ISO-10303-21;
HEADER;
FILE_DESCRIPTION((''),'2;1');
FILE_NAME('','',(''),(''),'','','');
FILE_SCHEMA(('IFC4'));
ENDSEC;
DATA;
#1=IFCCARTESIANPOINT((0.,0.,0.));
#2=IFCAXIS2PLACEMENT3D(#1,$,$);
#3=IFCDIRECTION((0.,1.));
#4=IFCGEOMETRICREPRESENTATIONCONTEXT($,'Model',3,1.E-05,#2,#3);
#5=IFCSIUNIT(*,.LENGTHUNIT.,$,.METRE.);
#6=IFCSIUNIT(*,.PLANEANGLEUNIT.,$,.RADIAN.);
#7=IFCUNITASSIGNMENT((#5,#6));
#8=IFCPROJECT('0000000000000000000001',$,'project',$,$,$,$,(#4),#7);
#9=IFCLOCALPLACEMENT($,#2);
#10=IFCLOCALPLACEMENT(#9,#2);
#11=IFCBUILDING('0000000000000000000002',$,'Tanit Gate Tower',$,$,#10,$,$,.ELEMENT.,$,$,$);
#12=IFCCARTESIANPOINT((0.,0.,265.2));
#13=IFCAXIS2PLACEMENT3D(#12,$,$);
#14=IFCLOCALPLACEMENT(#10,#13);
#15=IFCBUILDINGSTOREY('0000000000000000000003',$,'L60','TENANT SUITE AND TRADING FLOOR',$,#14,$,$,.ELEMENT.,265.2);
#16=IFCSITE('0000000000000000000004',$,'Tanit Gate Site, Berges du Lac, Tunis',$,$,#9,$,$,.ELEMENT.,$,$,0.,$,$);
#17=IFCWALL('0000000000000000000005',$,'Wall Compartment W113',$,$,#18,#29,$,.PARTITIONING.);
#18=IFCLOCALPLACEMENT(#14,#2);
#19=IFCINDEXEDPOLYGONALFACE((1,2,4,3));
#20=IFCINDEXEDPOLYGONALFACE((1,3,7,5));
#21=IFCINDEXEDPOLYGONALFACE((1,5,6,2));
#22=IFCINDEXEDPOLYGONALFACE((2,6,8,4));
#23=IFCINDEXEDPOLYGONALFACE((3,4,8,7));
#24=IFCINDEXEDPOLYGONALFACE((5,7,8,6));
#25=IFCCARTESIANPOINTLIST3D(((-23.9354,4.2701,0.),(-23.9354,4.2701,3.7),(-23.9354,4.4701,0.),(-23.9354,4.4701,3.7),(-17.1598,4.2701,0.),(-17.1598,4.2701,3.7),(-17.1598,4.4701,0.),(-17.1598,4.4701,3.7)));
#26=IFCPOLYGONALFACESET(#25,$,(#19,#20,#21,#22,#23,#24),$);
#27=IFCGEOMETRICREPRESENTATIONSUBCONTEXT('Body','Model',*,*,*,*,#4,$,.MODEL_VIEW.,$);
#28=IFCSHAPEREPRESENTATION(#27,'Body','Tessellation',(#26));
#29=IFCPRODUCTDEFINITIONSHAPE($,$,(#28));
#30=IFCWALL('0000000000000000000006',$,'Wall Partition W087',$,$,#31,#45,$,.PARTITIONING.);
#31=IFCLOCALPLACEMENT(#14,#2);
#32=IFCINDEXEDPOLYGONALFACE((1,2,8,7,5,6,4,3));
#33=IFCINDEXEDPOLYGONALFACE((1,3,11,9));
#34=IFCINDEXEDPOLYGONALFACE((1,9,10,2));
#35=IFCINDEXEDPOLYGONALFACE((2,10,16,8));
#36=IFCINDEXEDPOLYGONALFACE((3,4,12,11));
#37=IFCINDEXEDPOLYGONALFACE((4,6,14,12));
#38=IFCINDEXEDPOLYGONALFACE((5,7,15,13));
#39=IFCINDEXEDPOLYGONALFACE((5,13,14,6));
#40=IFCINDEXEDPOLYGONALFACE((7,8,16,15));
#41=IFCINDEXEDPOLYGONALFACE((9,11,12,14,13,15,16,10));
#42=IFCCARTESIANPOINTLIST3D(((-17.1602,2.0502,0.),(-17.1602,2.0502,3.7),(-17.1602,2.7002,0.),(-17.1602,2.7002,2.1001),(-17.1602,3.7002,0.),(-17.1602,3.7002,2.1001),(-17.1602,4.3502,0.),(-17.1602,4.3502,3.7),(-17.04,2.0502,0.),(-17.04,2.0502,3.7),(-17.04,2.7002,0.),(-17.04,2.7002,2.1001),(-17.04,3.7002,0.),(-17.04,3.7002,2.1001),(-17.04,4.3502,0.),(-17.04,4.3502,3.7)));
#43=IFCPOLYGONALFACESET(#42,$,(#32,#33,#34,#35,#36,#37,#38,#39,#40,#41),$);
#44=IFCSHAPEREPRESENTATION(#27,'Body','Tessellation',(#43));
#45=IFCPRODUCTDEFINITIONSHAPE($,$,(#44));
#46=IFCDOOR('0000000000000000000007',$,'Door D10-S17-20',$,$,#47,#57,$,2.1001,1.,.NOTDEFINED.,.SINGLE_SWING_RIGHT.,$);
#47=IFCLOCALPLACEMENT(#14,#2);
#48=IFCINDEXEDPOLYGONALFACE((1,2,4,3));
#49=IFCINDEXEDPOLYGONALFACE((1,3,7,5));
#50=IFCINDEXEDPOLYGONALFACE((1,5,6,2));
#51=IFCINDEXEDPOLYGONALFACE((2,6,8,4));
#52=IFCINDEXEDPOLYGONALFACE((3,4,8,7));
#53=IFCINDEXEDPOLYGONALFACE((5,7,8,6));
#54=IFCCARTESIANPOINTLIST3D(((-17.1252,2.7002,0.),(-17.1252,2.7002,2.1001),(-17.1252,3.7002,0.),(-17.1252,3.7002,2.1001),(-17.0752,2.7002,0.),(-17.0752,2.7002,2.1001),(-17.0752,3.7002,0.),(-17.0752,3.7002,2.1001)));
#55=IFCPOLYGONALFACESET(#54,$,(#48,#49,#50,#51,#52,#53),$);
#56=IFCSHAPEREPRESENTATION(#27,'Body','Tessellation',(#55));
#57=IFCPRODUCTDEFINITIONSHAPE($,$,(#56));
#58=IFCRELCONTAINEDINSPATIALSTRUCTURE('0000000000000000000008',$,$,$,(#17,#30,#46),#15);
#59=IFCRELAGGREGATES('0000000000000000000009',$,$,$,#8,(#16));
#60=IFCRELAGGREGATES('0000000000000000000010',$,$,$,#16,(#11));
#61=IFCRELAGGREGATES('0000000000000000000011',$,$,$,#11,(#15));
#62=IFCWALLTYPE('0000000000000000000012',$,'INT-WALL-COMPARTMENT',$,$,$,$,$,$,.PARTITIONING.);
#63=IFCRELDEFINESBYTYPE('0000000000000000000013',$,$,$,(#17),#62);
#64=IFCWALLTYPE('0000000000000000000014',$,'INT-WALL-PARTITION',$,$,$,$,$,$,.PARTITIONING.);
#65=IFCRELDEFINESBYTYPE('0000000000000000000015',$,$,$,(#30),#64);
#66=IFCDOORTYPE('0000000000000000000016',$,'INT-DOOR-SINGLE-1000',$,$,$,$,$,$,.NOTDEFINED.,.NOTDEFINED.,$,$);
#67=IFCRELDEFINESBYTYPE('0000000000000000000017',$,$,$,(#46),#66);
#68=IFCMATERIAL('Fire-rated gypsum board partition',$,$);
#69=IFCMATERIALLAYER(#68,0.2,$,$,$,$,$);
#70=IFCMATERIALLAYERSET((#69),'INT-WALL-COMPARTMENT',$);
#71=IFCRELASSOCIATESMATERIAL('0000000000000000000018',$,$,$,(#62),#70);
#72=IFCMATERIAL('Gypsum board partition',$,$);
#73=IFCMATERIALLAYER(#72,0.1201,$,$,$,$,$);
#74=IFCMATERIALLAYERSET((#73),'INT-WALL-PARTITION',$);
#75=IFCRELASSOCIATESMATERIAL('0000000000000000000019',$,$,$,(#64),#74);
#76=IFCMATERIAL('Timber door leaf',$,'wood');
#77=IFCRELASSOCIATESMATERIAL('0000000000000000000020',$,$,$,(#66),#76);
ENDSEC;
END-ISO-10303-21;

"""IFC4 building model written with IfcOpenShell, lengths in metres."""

from ifc_helpers import new_model, si_unit, direction, frame, frame_2d, origin, place, context, subcontext, project, spatial, rectangle, extrude, material, layer, layer_set, type_object, element, fill, save


model = new_model("IFC4")

# Units and contexts
model_context = context("Model", 3, precision=1e-05, world=origin(), true_north=direction((0.0, 1.0)))
body_context = subcontext(model_context, "Body", "Model", "MODEL_VIEW")
ifc_project = project(units=[si_unit("LENGTHUNIT", "METRE"), si_unit("PLANEANGLEUNIT", "RADIAN")], contexts=[model_context])

# Site, building, storey
site_placement = place(None, origin())
site = spatial("IfcSite", under=ifc_project, at=site_placement, Name="Tanit Gate Site, Berges du Lac, Tunis", CompositionType="ELEMENT", RefElevation=0.0)
building_placement = place(site_placement, origin())
building = spatial("IfcBuilding", under=site, at=building_placement, Name="Tanit Gate Tower", CompositionType="ELEMENT")
storey_placement = place(building_placement, frame((0.0, 0.0, 265.2)))
storey = spatial("IfcBuildingStorey", under=building, at=storey_placement, Name="L60", Description="TENANT SUITE AND TRADING FLOOR", CompositionType="ELEMENT", Elevation=265.2)

# Shared definitions
ifc_material_1 = material(Name="Fire-rated gypsum board partition")
ifc_layer_1 = layer(ifc_material_1, 0.2)
ifc_layer_set_1 = layer_set([ifc_layer_1], Name="INT-WALL-COMPARTMENT")
wall_type_1 = type_object("IfcWallType", Name="INT-WALL-COMPARTMENT", PredefinedType="PARTITIONING", material=ifc_layer_set_1)

# Wall
wall_1_placement = place(storey_placement, frame((-17.1599, 4.3701, 0.0), z_axis=(0.0, 0.0, 1.0), x_axis=(-1.0, 0.0, 0.0)))
element("IfcWall", 1, at=wall_1_placement, inside=storey, type_object=wall_type_1, Name="Wall Compartment W113", PredefinedType="PARTITIONING", context=body_context, shape_type="SweptSolid", body=[
    extrude(rectangle(XDim=6.7756, YDim=0.2, at=frame_2d((3.3877, 0.0))), origin(), (0.0, 0.0, 1.0), 3.7),
])

# Wall, opening, door
ifc_material_2 = material(Name="Gypsum board partition")
ifc_layer_2 = layer(ifc_material_2, 0.1201)
ifc_layer_set_2 = layer_set([ifc_layer_2], Name="INT-WALL-PARTITION")
wall_type_2 = type_object("IfcWallType", Name="INT-WALL-PARTITION", PredefinedType="PARTITIONING", material=ifc_layer_set_2)
wall_2_placement = place(storey_placement, frame((-17.1001, 4.3501, 0.0), z_axis=(0.0, 0.0, 1.0), x_axis=(0.0, -1.0, 0.0)))
wall_2 = element("IfcWall", 2, at=wall_2_placement, inside=storey, type_object=wall_type_2, Name="Wall Partition W087", PredefinedType="PARTITIONING", context=body_context, shape_type="SweptSolid", body=[
    extrude(rectangle(XDim=2.3, YDim=0.1201, at=frame_2d((1.1499, 0.0))), origin(), (0.0, 0.0, 1.0), 3.7),
])
opening_1_placement = place(wall_2_placement, frame((0.6499, 0.0, 0.0)))
opening_1 = element("IfcOpeningElement", 3, at=opening_1_placement, cuts=wall_2, PredefinedType="OPENING", context=body_context, shape_type="SweptSolid", body=[
    extrude(rectangle(XDim=1.0, YDim=2.1001, at=frame_2d((0.5, 1.05))), frame((0.0, 0.0701, 0.0), z_axis=(0.0, -1.0, 0.0), x_axis=(1.0, 0.0, 0.0)), (0.0, 0.0, 1.0), 0.1401),
])
ifc_material_3 = material(Name="Timber door leaf", Category="wood")
door_type_1 = type_object("IfcDoorType", Name="INT-DOOR-SINGLE-1000", OperationType="NOTDEFINED", PredefinedType="NOTDEFINED", material=ifc_material_3)
door_1_placement = place(opening_1_placement, origin())
door_1 = element("IfcDoor", 4, at=door_1_placement, inside=storey, type_object=door_type_1, Name="Door D10-S17-20", OperationType="SINGLE_SWING_RIGHT", OverallHeight=2.1001, OverallWidth=1.0, PredefinedType="NOTDEFINED", context=body_context, shape_type="SweptSolid", body=[
    extrude(rectangle(XDim=1.0, YDim=2.1001, at=frame_2d((0.5, 1.05))), frame((0.0, 0.0249, 0.0), z_axis=(0.0, -1.0, 0.0), x_axis=(1.0, 0.0, 0.0)), (0.0, 0.0, 1.0), 0.05),
])
fill(opening_1, door_1)

save(model, "model.ifc")
